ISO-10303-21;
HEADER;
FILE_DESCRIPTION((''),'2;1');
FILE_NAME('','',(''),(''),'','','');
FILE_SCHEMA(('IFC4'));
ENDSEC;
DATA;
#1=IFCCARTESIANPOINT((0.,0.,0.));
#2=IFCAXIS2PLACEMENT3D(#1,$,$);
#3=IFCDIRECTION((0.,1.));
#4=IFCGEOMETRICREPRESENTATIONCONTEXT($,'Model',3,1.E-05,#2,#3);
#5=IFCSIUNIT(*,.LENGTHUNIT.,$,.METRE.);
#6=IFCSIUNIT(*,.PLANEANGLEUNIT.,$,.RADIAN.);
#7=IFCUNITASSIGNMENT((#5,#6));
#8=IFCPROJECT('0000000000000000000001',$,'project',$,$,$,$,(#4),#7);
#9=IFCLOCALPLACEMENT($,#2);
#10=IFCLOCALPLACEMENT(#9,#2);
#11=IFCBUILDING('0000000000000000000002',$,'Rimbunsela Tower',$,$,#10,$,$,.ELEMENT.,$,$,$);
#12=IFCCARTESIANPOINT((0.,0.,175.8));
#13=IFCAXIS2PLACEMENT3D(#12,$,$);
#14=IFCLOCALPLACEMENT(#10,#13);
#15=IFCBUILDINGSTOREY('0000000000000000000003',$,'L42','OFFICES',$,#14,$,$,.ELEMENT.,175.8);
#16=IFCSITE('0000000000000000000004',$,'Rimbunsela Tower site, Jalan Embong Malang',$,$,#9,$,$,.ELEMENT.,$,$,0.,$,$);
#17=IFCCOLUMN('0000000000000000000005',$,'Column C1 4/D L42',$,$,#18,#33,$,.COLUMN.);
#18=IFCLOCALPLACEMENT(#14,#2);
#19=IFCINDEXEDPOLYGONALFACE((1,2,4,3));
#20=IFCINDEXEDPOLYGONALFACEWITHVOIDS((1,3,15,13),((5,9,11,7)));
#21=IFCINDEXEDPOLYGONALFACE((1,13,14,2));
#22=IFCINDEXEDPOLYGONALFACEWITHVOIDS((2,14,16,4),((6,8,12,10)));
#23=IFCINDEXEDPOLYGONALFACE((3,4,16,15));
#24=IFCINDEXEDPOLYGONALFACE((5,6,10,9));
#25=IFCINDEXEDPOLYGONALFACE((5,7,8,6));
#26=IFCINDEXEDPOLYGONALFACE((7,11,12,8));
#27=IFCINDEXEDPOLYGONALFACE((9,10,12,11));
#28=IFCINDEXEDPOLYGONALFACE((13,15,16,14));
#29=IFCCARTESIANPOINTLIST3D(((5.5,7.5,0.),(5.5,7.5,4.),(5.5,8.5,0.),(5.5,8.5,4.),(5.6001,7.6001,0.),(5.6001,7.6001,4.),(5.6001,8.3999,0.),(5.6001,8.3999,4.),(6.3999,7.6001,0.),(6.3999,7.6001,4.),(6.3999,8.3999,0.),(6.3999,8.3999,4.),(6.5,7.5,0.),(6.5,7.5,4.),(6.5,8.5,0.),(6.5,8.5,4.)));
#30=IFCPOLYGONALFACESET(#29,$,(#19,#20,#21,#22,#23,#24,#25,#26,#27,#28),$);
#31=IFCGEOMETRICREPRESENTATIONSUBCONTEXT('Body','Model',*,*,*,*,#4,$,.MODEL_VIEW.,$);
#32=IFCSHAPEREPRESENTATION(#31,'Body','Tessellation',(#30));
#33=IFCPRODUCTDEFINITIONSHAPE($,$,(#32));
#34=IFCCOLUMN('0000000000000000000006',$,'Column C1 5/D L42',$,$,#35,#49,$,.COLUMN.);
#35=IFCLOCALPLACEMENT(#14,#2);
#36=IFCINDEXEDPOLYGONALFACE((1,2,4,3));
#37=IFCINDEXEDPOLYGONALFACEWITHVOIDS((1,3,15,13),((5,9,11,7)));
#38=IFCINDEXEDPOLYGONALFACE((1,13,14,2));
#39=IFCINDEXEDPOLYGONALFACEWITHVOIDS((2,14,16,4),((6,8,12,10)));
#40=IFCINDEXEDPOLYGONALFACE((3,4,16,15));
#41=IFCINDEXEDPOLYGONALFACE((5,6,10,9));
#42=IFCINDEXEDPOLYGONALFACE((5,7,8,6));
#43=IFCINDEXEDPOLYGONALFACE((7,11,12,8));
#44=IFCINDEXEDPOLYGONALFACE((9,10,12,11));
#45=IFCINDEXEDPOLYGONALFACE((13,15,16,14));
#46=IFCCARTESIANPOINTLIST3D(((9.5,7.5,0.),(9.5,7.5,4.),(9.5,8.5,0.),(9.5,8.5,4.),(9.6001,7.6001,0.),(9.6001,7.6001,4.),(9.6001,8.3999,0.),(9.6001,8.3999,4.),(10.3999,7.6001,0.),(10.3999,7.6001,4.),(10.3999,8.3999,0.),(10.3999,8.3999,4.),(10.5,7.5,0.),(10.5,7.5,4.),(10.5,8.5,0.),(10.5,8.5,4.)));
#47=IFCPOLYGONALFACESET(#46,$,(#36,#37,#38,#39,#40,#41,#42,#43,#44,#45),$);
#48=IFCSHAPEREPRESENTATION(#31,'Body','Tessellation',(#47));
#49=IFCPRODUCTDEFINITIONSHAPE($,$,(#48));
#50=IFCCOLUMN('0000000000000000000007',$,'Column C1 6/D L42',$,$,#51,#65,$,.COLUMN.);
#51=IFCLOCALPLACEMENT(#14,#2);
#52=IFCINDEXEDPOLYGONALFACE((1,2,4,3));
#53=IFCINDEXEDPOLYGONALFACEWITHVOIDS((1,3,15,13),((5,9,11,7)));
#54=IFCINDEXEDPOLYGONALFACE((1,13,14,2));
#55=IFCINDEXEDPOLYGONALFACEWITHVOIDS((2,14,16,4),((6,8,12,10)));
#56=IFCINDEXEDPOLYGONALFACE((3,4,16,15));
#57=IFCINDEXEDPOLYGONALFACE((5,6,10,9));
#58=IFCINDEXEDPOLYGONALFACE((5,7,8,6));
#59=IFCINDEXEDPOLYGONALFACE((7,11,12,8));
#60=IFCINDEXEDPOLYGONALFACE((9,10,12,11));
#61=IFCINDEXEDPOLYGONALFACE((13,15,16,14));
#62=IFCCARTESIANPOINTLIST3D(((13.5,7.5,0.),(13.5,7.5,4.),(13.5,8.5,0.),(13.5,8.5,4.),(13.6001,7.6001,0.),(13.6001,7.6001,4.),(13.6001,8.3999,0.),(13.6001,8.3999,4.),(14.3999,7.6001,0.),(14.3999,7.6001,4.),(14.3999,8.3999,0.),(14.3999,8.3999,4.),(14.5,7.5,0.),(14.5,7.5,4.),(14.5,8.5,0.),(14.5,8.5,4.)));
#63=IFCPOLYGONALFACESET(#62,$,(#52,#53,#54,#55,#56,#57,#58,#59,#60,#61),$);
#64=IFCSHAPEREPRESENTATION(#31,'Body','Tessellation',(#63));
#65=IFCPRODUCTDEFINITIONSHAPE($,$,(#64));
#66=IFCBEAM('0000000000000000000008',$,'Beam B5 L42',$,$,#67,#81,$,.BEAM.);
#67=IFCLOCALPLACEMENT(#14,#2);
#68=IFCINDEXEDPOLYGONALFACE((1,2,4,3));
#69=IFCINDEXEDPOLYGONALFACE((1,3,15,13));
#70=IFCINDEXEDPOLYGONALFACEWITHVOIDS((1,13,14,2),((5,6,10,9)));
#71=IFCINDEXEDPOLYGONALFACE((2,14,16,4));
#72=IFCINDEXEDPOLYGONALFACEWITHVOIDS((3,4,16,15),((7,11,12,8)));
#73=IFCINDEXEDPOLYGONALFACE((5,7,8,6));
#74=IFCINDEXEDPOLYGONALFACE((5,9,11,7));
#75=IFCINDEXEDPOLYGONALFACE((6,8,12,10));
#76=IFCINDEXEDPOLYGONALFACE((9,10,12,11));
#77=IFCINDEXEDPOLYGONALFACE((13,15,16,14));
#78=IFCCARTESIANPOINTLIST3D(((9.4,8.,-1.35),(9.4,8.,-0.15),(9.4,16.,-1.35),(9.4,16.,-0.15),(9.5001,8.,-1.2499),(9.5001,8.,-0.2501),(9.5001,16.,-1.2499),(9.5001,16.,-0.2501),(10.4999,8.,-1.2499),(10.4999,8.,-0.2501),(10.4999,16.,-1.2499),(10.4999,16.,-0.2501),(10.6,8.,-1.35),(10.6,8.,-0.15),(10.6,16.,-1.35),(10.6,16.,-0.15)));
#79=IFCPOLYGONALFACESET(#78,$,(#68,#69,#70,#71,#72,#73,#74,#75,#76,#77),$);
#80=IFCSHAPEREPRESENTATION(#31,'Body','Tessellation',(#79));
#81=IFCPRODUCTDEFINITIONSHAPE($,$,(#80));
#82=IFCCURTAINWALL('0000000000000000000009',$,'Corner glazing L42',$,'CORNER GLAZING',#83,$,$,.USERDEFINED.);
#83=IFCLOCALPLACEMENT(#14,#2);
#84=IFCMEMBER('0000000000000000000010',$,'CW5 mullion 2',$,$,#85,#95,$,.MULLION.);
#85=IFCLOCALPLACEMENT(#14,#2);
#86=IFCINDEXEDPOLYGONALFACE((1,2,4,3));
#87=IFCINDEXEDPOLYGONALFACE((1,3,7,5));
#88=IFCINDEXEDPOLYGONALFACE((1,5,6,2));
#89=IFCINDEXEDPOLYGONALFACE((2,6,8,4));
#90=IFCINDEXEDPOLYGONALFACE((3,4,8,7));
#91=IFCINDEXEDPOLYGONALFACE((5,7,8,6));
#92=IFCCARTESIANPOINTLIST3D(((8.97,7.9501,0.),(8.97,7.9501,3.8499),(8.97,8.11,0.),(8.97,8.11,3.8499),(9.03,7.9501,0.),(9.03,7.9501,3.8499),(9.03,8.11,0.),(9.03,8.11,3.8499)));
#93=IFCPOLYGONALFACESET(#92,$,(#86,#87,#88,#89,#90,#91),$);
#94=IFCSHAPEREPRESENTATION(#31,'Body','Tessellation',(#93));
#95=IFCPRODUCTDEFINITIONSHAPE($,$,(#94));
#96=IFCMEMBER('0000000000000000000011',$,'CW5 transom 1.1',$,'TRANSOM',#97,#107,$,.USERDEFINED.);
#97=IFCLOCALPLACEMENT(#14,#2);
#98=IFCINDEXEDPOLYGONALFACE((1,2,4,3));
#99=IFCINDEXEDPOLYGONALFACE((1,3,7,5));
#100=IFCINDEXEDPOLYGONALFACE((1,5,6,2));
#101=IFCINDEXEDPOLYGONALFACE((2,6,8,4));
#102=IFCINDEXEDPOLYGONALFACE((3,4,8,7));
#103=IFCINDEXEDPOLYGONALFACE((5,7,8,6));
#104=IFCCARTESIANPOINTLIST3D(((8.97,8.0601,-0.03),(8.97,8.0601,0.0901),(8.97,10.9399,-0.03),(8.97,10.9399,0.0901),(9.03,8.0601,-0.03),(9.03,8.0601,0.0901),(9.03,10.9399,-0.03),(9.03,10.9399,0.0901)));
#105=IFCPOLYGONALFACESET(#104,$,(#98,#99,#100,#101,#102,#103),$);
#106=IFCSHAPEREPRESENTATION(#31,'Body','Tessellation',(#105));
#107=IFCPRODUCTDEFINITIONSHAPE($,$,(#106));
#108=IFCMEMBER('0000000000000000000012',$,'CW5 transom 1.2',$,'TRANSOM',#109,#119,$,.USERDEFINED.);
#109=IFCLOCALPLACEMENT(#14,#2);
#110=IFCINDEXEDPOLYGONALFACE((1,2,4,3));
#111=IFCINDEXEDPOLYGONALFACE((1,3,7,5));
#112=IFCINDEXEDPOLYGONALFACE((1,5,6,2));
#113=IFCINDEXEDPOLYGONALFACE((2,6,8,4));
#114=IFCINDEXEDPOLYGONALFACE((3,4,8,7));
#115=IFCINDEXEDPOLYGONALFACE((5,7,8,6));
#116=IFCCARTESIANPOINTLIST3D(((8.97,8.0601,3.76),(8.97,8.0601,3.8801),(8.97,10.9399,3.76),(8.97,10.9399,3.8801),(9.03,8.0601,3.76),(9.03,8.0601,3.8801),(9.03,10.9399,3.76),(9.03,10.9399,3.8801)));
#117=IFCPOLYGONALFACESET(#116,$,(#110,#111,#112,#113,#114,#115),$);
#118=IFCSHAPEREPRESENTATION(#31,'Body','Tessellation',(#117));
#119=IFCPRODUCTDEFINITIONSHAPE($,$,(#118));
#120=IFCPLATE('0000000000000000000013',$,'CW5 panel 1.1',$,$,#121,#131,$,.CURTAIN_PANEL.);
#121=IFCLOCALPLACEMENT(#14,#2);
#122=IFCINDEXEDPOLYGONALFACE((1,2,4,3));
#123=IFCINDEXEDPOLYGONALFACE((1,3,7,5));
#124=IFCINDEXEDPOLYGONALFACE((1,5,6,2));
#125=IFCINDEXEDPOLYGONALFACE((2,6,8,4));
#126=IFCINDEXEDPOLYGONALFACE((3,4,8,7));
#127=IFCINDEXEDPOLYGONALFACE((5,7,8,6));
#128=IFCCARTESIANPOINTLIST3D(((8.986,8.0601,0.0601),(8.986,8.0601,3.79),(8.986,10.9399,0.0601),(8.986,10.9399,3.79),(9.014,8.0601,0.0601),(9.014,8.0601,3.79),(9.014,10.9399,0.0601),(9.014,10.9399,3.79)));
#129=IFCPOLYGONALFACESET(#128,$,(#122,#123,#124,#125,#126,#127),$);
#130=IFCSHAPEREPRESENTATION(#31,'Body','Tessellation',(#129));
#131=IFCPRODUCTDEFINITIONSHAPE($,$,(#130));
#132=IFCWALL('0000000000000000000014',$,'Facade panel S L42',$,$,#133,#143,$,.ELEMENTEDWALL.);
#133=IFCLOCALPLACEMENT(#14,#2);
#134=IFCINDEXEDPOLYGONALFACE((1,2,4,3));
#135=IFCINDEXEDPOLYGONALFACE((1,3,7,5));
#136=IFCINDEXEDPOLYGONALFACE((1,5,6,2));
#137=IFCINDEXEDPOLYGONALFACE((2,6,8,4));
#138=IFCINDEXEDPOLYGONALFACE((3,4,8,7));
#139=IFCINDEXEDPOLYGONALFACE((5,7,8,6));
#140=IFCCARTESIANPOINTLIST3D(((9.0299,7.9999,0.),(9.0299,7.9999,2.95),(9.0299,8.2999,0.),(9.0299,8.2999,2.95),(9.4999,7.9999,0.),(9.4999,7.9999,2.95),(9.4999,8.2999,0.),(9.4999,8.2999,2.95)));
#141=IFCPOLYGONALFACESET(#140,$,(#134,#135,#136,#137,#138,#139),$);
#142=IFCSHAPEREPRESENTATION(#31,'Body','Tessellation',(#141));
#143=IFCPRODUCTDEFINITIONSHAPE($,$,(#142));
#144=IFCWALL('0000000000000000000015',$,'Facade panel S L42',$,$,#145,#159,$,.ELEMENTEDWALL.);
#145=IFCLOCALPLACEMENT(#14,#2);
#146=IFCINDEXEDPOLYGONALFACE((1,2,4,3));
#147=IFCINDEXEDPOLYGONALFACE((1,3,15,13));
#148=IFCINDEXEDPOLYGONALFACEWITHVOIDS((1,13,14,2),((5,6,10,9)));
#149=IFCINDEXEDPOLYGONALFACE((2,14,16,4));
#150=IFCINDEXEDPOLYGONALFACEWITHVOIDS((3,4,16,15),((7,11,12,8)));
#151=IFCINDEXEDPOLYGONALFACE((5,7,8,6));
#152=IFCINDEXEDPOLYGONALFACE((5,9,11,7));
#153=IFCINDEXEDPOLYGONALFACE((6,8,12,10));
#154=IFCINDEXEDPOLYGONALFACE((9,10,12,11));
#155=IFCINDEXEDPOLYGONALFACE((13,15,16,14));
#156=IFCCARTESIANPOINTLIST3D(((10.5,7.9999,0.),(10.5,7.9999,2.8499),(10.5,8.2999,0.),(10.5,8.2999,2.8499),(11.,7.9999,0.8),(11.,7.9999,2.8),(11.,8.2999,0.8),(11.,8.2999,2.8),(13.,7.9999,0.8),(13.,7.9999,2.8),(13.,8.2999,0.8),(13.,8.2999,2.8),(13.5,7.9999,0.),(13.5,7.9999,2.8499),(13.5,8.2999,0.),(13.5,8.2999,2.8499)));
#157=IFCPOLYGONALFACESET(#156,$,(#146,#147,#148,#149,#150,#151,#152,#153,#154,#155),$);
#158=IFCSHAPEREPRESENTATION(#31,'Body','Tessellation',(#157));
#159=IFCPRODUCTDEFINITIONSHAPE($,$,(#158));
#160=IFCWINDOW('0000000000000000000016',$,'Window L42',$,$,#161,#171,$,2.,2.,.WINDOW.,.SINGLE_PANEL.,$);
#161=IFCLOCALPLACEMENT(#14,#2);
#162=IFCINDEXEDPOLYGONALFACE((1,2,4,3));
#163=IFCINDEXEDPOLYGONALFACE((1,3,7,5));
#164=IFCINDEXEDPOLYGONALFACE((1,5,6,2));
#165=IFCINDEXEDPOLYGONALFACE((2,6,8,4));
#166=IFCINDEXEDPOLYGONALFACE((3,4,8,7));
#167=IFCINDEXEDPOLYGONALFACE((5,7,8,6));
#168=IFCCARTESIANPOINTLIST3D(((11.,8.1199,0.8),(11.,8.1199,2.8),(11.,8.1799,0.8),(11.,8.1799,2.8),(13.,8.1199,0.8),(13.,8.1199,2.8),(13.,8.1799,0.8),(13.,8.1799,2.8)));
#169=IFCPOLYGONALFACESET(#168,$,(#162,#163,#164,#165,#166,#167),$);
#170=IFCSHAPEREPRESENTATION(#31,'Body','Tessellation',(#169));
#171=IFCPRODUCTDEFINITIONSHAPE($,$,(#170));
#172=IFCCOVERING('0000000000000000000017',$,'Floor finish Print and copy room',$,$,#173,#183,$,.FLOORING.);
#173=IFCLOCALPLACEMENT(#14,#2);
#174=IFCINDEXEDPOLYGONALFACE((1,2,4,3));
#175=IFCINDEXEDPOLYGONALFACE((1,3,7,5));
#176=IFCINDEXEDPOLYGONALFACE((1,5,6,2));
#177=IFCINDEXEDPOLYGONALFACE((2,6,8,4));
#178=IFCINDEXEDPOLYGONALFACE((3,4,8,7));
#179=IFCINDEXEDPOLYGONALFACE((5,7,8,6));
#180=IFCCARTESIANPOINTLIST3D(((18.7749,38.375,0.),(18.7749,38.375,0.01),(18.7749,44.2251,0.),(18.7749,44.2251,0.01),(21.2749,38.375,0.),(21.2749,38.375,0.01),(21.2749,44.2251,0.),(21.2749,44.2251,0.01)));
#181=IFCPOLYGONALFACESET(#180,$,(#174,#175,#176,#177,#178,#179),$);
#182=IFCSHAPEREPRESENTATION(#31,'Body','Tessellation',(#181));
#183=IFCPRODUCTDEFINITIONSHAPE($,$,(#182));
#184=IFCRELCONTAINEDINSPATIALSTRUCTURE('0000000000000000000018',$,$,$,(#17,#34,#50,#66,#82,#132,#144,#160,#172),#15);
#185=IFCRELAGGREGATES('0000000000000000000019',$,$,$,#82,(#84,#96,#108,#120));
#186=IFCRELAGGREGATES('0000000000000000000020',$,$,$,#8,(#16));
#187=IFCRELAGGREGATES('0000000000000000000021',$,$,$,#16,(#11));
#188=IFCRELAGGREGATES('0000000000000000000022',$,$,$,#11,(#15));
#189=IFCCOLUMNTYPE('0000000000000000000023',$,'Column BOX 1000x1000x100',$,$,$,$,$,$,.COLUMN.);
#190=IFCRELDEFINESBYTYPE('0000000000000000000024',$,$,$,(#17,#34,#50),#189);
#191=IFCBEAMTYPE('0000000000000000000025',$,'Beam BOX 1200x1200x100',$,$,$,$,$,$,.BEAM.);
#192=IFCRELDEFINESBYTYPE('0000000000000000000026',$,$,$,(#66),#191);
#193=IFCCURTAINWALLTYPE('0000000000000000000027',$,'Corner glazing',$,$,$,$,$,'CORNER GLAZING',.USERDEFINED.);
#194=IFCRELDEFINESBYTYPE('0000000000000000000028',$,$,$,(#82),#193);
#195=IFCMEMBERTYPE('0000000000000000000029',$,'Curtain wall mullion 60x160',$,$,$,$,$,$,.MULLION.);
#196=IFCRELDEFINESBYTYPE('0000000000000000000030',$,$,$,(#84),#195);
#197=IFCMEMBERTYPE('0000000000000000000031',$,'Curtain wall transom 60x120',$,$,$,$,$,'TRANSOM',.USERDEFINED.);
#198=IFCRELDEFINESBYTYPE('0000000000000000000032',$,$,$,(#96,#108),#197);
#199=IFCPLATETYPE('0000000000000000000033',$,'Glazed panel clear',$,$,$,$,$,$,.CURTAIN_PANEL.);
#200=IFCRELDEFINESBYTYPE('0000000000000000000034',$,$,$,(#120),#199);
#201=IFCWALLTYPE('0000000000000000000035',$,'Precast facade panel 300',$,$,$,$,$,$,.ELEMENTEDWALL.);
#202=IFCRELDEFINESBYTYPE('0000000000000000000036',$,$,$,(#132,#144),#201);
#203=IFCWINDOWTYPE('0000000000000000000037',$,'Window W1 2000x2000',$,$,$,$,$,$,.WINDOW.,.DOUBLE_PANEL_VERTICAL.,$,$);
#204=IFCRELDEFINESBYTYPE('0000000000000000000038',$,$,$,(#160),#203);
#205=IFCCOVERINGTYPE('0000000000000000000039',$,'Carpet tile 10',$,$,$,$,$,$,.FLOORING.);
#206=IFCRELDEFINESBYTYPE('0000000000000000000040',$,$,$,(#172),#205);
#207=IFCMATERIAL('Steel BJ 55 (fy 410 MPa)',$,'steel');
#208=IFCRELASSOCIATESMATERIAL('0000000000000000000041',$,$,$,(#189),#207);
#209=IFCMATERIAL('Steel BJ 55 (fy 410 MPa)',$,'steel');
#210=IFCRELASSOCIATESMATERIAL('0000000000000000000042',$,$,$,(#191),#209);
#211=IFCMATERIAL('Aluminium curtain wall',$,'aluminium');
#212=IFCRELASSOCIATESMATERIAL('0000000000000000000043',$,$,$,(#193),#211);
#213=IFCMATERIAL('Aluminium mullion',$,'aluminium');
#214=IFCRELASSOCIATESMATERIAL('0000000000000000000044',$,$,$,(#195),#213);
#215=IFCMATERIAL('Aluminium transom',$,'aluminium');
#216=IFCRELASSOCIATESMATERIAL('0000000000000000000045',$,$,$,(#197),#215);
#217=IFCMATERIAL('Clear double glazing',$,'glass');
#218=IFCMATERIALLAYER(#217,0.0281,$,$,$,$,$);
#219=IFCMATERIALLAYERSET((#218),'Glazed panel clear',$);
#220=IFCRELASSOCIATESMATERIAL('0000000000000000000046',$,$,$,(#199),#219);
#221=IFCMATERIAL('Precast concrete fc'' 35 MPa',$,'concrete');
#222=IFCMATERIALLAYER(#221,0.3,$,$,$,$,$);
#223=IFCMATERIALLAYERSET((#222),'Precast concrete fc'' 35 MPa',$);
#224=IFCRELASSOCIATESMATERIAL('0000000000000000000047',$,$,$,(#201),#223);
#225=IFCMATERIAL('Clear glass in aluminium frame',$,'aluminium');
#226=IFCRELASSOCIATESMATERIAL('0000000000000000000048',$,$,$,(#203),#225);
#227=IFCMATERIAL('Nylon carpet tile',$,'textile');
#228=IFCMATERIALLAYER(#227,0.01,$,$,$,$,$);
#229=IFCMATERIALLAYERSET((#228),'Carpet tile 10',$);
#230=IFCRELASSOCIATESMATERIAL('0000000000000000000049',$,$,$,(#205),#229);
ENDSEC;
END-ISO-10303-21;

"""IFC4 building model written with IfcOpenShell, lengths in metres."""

from ifc_helpers import new_model, si_unit, direction, frame, frame_2d, origin, origin_2d, place, context, subcontext, project, spatial, polyline, rectangle, hollow_rectangle, outline, extrude, material, layer, layer_set, material_profile, profile_set, type_object, element, fill, aggregate, save


model = new_model("IFC4")

# Units and contexts
model_context = context("Model", 3, precision=1e-05, world=origin(), true_north=direction((0.0, 1.0)))
body_context = subcontext(model_context, "Body", "Model", "MODEL_VIEW")
ifc_project = project(units=[si_unit("LENGTHUNIT", "METRE"), si_unit("PLANEANGLEUNIT", "RADIAN")], contexts=[model_context])

# Site, building, storey
site_placement = place(None, origin())
site = spatial("IfcSite", under=ifc_project, at=site_placement, Name="Rimbunsela Tower site, Jalan Embong Malang", CompositionType="ELEMENT", RefElevation=0.0)
building_placement = place(site_placement, origin())
building = spatial("IfcBuilding", under=site, at=building_placement, Name="Rimbunsela Tower", CompositionType="ELEMENT")
storey_placement = place(building_placement, frame((0.0, 0.0, 175.8)))
storey = spatial("IfcBuildingStorey", under=building, at=storey_placement, Name="L42", Description="OFFICES", CompositionType="ELEMENT", Elevation=175.8)

# Columns
ifc_material_1 = material(Name="Steel BJ 55 (fy 410 MPa)", Category="steel")
ifc_material_profile_1 = material_profile(ifc_material_1, hollow_rectangle(XDim=1.0, YDim=1.0, WallThickness=0.1001, at=origin_2d()), Name="BOX 1000x1000x100")
ifc_profile_set_1 = profile_set([ifc_material_profile_1], Name="Steel BJ 55 (fy 410 MPa)")
column_type = type_object("IfcColumnType", Name="Column BOX 1000x1000x100", PredefinedType="COLUMN", material=ifc_profile_set_1)
for number, where, z_axis, x_axis, name in (
    (1, (6.0, 8.0, 0.0), (0.0, 0.0, 1.0), (1.0, 0.0, 0.0), "Column C1 4/D L42"),
    (2, (10.0, 8.0, 0.0), (0.0, 0.0, 1.0), (1.0, 0.0, 0.0), "Column C1 5/D L42"),
    (3, (14.0, 8.0, 0.0), (0.0, 0.0, 1.0), (1.0, 0.0, 0.0), "Column C1 6/D L42"),
):
    element("IfcColumn", number, at=place(storey_placement, frame(where, z_axis=z_axis, x_axis=x_axis)), inside=storey, type_object=column_type, Name=name, PredefinedType="COLUMN", context=body_context, shape_type="SweptSolid", body=[
        extrude(hollow_rectangle(XDim=1.0, YDim=1.0, WallThickness=0.1001, at=origin_2d()), origin(), (0.0, 0.0, 1.0), 4.0),
    ])

# Beam
ifc_material_2 = material(Name="Steel BJ 55 (fy 410 MPa)", Category="steel")
ifc_material_profile_2 = material_profile(ifc_material_2, hollow_rectangle(XDim=1.2, YDim=1.2, WallThickness=0.1001, at=origin_2d()), Name="BOX 1200x1200x100")
ifc_profile_set_2 = profile_set([ifc_material_profile_2], Name="Steel BJ 55 (fy 410 MPa)")
beam_type = type_object("IfcBeamType", Name="Beam BOX 1200x1200x100", PredefinedType="BEAM", material=ifc_profile_set_2)
beam_placement = place(storey_placement, frame((10.0, 8.0, -0.75), z_axis=(0.0, 1.0, 0.0), x_axis=(-1.0, 0.0, 0.0)))
element("IfcBeam", 4, at=beam_placement, inside=storey, type_object=beam_type, Name="Beam B5 L42", PredefinedType="BEAM", context=body_context, shape_type="SweptSolid", body=[
    extrude(hollow_rectangle(XDim=1.2, YDim=1.2, WallThickness=0.1001, at=origin_2d()), origin(), (0.0, 0.0, 1.0), 8.0),
])

# Curtain wall, members, plate
ifc_material_3 = material(Name="Aluminium curtain wall", Category="aluminium")
curtain_wall_type = type_object("IfcCurtainWallType", Name="Corner glazing", ElementType="CORNER GLAZING", PredefinedType="USERDEFINED", material=ifc_material_3)
curtain_wall_placement = place(storey_placement, origin())
curtain_wall = element("IfcCurtainWall", 5, at=curtain_wall_placement, inside=storey, type_object=curtain_wall_type, Name="Corner glazing L42", ObjectType="CORNER GLAZING", PredefinedType="USERDEFINED")
ifc_material_4 = material(Name="Aluminium mullion", Category="aluminium")
ifc_material_profile_3 = material_profile(ifc_material_4, rectangle(XDim=0.0601, YDim=0.1599, at=origin_2d()), Name="Mullion 60x160")
ifc_profile_set_3 = profile_set([ifc_material_profile_3], Name="Aluminium mullion")
member_type_1 = type_object("IfcMemberType", Name="Curtain wall mullion 60x160", PredefinedType="MULLION", material=ifc_profile_set_3)
member_1_placement = place(storey_placement, frame((9.0, 8.03, 0.0), z_axis=(0.0, 0.0, 1.0), x_axis=(1.0, 0.0, 0.0)))
member_1 = element("IfcMember", 6, at=member_1_placement, type_object=member_type_1, Name="CW5 mullion 2", PredefinedType="MULLION", context=body_context, shape_type="SweptSolid", body=[
    extrude(rectangle(XDim=0.0601, YDim=0.1599, at=origin_2d()), origin(), (0.0, 0.0, 1.0), 3.8499),
])
ifc_material_5 = material(Name="Aluminium transom", Category="aluminium")
ifc_material_profile_4 = material_profile(ifc_material_5, rectangle(XDim=0.0601, YDim=0.1201, at=origin_2d()), Name="Transom 60x120")
ifc_profile_set_4 = profile_set([ifc_material_profile_4], Name="Aluminium transom")
member_type_2 = type_object("IfcMemberType", Name="Curtain wall transom 60x120", ElementType="TRANSOM", PredefinedType="USERDEFINED", material=ifc_profile_set_4)
member_2_placement = place(storey_placement, frame((9.0, 10.9399, 0.03), z_axis=(0.0, -1.0, 0.0), x_axis=(1.0, 0.0, 0.0)))
member_2 = element("IfcMember", 7, at=member_2_placement, type_object=member_type_2, Name="CW5 transom 1.1", ObjectType="TRANSOM", PredefinedType="USERDEFINED", context=body_context, shape_type="SweptSolid", body=[
    extrude(rectangle(XDim=0.0601, YDim=0.1201, at=origin_2d()), origin(), (0.0, 0.0, 1.0), 2.8799),
])
member_3_placement = place(storey_placement, frame((9.0, 10.9399, 3.8201), z_axis=(0.0, -1.0, 0.0), x_axis=(1.0, 0.0, 0.0)))
member_3 = element("IfcMember", 8, at=member_3_placement, type_object=member_type_2, Name="CW5 transom 1.2", ObjectType="TRANSOM", PredefinedType="USERDEFINED", context=body_context, shape_type="SweptSolid", body=[
    extrude(rectangle(XDim=0.0601, YDim=0.1201, at=origin_2d()), origin(), (0.0, 0.0, 1.0), 2.8799),
])
ifc_material_6 = material(Name="Clear double glazing", Category="glass")
ifc_layer_1 = layer(ifc_material_6, 0.0281)
ifc_layer_set_1 = layer_set([ifc_layer_1], Name="Glazed panel clear")
plate_type = type_object("IfcPlateType", Name="Glazed panel clear", PredefinedType="CURTAIN_PANEL", material=ifc_layer_set_1)
plate_placement = place(storey_placement, frame((9.0, 9.5, 0.0601), z_axis=(0.0, 0.0, 1.0), x_axis=(0.0, -1.0, 0.0)))
plate = element("IfcPlate", 9, at=plate_placement, type_object=plate_type, Name="CW5 panel 1.1", PredefinedType="CURTAIN_PANEL", context=body_context, shape_type="SweptSolid", body=[
    extrude(rectangle(XDim=2.8799, YDim=0.0281, at=origin_2d()), origin(), (0.0, 0.0, 1.0), 3.73),
])
aggregate(curtain_wall, [member_1, member_2, member_3, plate])

# Wall
ifc_material_7 = material(Name="Precast concrete fc' 35 MPa", Category="concrete")
ifc_layer_2 = layer(ifc_material_7, 0.3)
ifc_layer_set_2 = layer_set([ifc_layer_2], Name="Precast concrete fc' 35 MPa")
wall_type = type_object("IfcWallType", Name="Precast facade panel 300", PredefinedType="ELEMENTEDWALL", material=ifc_layer_set_2)
wall_1_placement = place(storey_placement, frame((9.03, 8.1499, 0.0), z_axis=(0.0, 0.0, 1.0), x_axis=(1.0, 0.0, 0.0)))
element("IfcWall", 10, at=wall_1_placement, inside=storey, type_object=wall_type, Name="Facade panel S L42", PredefinedType="ELEMENTEDWALL", context=body_context, shape_type="SweptSolid", body=[
    extrude(rectangle(XDim=0.47, YDim=0.3, at=frame_2d((0.2349, 0.0))), origin(), (0.0, 0.0, 1.0), 2.95),
])

# Wall, opening, window
wall_2_placement = place(storey_placement, frame((10.5, 8.1499, 0.0), z_axis=(0.0, 0.0, 1.0), x_axis=(1.0, 0.0, 0.0)))
wall_2 = element("IfcWall", 11, at=wall_2_placement, inside=storey, type_object=wall_type, Name="Facade panel S L42", PredefinedType="ELEMENTEDWALL", context=body_context, shape_type="SweptSolid", body=[
    extrude(rectangle(XDim=3.0, YDim=0.3, at=frame_2d((1.5, 0.0))), origin(), (0.0, 0.0, 1.0), 2.8499),
])
opening_placement = place(wall_2_placement, frame((0.5, 0.0, 0.8)))
opening = element("IfcOpeningElement", 12, at=opening_placement, cuts=wall_2, PredefinedType="OPENING", context=body_context, shape_type="SweptSolid", body=[
    extrude(rectangle(XDim=2.0, YDim=2.0, at=frame_2d((1.0, 1.0))), frame((0.0, 0.1599, 0.0), z_axis=(0.0, -1.0, 0.0), x_axis=(1.0, 0.0, 0.0)), (0.0, 0.0, 1.0), 0.3201),
])
ifc_material_8 = material(Name="Clear glass in aluminium frame", Category="aluminium")
window_type = type_object("IfcWindowType", Name="Window W1 2000x2000", PartitioningType="DOUBLE_PANEL_VERTICAL", PredefinedType="WINDOW", material=ifc_material_8)
window_placement = place(opening_placement, origin())
window = element("IfcWindow", 13, at=window_placement, inside=storey, type_object=window_type, Name="Window L42", OverallHeight=2.0, OverallWidth=2.0, PartitioningType="SINGLE_PANEL", PredefinedType="WINDOW", context=body_context, shape_type="SweptSolid", body=[
    extrude(rectangle(XDim=2.0, YDim=2.0, at=frame_2d((1.0, 1.0))), frame((0.0, 0.03, 0.0), z_axis=(0.0, -1.0, 0.0), x_axis=(1.0, 0.0, 0.0)), (0.0, 0.0, 1.0), 0.0601),
])
fill(opening, window)

# Covering
ifc_material_9 = material(Name="Nylon carpet tile", Category="textile")
ifc_layer_3 = layer(ifc_material_9, 0.01)
ifc_layer_set_3 = layer_set([ifc_layer_3], Name="Carpet tile 10")
covering_type_1 = type_object("IfcCoveringType", Name="Carpet tile 10", PredefinedType="FLOORING", material=ifc_layer_set_3)
covering_1_placement = place(storey_placement, origin())
element("IfcCovering", 14, at=covering_1_placement, inside=storey, type_object=covering_type_1, Name="Floor finish Print and copy room", PredefinedType="FLOORING", context=body_context, shape_type="SweptSolid", body=[
    extrude(outline(polyline([(21.2749, 38.375), (21.2749, 44.2251), (18.7749, 44.2251), (18.7749, 38.375), (21.2749, 38.375)])), origin(), (0.0, 0.0, 1.0), 0.01),
])

save(model, "model.ifc")
